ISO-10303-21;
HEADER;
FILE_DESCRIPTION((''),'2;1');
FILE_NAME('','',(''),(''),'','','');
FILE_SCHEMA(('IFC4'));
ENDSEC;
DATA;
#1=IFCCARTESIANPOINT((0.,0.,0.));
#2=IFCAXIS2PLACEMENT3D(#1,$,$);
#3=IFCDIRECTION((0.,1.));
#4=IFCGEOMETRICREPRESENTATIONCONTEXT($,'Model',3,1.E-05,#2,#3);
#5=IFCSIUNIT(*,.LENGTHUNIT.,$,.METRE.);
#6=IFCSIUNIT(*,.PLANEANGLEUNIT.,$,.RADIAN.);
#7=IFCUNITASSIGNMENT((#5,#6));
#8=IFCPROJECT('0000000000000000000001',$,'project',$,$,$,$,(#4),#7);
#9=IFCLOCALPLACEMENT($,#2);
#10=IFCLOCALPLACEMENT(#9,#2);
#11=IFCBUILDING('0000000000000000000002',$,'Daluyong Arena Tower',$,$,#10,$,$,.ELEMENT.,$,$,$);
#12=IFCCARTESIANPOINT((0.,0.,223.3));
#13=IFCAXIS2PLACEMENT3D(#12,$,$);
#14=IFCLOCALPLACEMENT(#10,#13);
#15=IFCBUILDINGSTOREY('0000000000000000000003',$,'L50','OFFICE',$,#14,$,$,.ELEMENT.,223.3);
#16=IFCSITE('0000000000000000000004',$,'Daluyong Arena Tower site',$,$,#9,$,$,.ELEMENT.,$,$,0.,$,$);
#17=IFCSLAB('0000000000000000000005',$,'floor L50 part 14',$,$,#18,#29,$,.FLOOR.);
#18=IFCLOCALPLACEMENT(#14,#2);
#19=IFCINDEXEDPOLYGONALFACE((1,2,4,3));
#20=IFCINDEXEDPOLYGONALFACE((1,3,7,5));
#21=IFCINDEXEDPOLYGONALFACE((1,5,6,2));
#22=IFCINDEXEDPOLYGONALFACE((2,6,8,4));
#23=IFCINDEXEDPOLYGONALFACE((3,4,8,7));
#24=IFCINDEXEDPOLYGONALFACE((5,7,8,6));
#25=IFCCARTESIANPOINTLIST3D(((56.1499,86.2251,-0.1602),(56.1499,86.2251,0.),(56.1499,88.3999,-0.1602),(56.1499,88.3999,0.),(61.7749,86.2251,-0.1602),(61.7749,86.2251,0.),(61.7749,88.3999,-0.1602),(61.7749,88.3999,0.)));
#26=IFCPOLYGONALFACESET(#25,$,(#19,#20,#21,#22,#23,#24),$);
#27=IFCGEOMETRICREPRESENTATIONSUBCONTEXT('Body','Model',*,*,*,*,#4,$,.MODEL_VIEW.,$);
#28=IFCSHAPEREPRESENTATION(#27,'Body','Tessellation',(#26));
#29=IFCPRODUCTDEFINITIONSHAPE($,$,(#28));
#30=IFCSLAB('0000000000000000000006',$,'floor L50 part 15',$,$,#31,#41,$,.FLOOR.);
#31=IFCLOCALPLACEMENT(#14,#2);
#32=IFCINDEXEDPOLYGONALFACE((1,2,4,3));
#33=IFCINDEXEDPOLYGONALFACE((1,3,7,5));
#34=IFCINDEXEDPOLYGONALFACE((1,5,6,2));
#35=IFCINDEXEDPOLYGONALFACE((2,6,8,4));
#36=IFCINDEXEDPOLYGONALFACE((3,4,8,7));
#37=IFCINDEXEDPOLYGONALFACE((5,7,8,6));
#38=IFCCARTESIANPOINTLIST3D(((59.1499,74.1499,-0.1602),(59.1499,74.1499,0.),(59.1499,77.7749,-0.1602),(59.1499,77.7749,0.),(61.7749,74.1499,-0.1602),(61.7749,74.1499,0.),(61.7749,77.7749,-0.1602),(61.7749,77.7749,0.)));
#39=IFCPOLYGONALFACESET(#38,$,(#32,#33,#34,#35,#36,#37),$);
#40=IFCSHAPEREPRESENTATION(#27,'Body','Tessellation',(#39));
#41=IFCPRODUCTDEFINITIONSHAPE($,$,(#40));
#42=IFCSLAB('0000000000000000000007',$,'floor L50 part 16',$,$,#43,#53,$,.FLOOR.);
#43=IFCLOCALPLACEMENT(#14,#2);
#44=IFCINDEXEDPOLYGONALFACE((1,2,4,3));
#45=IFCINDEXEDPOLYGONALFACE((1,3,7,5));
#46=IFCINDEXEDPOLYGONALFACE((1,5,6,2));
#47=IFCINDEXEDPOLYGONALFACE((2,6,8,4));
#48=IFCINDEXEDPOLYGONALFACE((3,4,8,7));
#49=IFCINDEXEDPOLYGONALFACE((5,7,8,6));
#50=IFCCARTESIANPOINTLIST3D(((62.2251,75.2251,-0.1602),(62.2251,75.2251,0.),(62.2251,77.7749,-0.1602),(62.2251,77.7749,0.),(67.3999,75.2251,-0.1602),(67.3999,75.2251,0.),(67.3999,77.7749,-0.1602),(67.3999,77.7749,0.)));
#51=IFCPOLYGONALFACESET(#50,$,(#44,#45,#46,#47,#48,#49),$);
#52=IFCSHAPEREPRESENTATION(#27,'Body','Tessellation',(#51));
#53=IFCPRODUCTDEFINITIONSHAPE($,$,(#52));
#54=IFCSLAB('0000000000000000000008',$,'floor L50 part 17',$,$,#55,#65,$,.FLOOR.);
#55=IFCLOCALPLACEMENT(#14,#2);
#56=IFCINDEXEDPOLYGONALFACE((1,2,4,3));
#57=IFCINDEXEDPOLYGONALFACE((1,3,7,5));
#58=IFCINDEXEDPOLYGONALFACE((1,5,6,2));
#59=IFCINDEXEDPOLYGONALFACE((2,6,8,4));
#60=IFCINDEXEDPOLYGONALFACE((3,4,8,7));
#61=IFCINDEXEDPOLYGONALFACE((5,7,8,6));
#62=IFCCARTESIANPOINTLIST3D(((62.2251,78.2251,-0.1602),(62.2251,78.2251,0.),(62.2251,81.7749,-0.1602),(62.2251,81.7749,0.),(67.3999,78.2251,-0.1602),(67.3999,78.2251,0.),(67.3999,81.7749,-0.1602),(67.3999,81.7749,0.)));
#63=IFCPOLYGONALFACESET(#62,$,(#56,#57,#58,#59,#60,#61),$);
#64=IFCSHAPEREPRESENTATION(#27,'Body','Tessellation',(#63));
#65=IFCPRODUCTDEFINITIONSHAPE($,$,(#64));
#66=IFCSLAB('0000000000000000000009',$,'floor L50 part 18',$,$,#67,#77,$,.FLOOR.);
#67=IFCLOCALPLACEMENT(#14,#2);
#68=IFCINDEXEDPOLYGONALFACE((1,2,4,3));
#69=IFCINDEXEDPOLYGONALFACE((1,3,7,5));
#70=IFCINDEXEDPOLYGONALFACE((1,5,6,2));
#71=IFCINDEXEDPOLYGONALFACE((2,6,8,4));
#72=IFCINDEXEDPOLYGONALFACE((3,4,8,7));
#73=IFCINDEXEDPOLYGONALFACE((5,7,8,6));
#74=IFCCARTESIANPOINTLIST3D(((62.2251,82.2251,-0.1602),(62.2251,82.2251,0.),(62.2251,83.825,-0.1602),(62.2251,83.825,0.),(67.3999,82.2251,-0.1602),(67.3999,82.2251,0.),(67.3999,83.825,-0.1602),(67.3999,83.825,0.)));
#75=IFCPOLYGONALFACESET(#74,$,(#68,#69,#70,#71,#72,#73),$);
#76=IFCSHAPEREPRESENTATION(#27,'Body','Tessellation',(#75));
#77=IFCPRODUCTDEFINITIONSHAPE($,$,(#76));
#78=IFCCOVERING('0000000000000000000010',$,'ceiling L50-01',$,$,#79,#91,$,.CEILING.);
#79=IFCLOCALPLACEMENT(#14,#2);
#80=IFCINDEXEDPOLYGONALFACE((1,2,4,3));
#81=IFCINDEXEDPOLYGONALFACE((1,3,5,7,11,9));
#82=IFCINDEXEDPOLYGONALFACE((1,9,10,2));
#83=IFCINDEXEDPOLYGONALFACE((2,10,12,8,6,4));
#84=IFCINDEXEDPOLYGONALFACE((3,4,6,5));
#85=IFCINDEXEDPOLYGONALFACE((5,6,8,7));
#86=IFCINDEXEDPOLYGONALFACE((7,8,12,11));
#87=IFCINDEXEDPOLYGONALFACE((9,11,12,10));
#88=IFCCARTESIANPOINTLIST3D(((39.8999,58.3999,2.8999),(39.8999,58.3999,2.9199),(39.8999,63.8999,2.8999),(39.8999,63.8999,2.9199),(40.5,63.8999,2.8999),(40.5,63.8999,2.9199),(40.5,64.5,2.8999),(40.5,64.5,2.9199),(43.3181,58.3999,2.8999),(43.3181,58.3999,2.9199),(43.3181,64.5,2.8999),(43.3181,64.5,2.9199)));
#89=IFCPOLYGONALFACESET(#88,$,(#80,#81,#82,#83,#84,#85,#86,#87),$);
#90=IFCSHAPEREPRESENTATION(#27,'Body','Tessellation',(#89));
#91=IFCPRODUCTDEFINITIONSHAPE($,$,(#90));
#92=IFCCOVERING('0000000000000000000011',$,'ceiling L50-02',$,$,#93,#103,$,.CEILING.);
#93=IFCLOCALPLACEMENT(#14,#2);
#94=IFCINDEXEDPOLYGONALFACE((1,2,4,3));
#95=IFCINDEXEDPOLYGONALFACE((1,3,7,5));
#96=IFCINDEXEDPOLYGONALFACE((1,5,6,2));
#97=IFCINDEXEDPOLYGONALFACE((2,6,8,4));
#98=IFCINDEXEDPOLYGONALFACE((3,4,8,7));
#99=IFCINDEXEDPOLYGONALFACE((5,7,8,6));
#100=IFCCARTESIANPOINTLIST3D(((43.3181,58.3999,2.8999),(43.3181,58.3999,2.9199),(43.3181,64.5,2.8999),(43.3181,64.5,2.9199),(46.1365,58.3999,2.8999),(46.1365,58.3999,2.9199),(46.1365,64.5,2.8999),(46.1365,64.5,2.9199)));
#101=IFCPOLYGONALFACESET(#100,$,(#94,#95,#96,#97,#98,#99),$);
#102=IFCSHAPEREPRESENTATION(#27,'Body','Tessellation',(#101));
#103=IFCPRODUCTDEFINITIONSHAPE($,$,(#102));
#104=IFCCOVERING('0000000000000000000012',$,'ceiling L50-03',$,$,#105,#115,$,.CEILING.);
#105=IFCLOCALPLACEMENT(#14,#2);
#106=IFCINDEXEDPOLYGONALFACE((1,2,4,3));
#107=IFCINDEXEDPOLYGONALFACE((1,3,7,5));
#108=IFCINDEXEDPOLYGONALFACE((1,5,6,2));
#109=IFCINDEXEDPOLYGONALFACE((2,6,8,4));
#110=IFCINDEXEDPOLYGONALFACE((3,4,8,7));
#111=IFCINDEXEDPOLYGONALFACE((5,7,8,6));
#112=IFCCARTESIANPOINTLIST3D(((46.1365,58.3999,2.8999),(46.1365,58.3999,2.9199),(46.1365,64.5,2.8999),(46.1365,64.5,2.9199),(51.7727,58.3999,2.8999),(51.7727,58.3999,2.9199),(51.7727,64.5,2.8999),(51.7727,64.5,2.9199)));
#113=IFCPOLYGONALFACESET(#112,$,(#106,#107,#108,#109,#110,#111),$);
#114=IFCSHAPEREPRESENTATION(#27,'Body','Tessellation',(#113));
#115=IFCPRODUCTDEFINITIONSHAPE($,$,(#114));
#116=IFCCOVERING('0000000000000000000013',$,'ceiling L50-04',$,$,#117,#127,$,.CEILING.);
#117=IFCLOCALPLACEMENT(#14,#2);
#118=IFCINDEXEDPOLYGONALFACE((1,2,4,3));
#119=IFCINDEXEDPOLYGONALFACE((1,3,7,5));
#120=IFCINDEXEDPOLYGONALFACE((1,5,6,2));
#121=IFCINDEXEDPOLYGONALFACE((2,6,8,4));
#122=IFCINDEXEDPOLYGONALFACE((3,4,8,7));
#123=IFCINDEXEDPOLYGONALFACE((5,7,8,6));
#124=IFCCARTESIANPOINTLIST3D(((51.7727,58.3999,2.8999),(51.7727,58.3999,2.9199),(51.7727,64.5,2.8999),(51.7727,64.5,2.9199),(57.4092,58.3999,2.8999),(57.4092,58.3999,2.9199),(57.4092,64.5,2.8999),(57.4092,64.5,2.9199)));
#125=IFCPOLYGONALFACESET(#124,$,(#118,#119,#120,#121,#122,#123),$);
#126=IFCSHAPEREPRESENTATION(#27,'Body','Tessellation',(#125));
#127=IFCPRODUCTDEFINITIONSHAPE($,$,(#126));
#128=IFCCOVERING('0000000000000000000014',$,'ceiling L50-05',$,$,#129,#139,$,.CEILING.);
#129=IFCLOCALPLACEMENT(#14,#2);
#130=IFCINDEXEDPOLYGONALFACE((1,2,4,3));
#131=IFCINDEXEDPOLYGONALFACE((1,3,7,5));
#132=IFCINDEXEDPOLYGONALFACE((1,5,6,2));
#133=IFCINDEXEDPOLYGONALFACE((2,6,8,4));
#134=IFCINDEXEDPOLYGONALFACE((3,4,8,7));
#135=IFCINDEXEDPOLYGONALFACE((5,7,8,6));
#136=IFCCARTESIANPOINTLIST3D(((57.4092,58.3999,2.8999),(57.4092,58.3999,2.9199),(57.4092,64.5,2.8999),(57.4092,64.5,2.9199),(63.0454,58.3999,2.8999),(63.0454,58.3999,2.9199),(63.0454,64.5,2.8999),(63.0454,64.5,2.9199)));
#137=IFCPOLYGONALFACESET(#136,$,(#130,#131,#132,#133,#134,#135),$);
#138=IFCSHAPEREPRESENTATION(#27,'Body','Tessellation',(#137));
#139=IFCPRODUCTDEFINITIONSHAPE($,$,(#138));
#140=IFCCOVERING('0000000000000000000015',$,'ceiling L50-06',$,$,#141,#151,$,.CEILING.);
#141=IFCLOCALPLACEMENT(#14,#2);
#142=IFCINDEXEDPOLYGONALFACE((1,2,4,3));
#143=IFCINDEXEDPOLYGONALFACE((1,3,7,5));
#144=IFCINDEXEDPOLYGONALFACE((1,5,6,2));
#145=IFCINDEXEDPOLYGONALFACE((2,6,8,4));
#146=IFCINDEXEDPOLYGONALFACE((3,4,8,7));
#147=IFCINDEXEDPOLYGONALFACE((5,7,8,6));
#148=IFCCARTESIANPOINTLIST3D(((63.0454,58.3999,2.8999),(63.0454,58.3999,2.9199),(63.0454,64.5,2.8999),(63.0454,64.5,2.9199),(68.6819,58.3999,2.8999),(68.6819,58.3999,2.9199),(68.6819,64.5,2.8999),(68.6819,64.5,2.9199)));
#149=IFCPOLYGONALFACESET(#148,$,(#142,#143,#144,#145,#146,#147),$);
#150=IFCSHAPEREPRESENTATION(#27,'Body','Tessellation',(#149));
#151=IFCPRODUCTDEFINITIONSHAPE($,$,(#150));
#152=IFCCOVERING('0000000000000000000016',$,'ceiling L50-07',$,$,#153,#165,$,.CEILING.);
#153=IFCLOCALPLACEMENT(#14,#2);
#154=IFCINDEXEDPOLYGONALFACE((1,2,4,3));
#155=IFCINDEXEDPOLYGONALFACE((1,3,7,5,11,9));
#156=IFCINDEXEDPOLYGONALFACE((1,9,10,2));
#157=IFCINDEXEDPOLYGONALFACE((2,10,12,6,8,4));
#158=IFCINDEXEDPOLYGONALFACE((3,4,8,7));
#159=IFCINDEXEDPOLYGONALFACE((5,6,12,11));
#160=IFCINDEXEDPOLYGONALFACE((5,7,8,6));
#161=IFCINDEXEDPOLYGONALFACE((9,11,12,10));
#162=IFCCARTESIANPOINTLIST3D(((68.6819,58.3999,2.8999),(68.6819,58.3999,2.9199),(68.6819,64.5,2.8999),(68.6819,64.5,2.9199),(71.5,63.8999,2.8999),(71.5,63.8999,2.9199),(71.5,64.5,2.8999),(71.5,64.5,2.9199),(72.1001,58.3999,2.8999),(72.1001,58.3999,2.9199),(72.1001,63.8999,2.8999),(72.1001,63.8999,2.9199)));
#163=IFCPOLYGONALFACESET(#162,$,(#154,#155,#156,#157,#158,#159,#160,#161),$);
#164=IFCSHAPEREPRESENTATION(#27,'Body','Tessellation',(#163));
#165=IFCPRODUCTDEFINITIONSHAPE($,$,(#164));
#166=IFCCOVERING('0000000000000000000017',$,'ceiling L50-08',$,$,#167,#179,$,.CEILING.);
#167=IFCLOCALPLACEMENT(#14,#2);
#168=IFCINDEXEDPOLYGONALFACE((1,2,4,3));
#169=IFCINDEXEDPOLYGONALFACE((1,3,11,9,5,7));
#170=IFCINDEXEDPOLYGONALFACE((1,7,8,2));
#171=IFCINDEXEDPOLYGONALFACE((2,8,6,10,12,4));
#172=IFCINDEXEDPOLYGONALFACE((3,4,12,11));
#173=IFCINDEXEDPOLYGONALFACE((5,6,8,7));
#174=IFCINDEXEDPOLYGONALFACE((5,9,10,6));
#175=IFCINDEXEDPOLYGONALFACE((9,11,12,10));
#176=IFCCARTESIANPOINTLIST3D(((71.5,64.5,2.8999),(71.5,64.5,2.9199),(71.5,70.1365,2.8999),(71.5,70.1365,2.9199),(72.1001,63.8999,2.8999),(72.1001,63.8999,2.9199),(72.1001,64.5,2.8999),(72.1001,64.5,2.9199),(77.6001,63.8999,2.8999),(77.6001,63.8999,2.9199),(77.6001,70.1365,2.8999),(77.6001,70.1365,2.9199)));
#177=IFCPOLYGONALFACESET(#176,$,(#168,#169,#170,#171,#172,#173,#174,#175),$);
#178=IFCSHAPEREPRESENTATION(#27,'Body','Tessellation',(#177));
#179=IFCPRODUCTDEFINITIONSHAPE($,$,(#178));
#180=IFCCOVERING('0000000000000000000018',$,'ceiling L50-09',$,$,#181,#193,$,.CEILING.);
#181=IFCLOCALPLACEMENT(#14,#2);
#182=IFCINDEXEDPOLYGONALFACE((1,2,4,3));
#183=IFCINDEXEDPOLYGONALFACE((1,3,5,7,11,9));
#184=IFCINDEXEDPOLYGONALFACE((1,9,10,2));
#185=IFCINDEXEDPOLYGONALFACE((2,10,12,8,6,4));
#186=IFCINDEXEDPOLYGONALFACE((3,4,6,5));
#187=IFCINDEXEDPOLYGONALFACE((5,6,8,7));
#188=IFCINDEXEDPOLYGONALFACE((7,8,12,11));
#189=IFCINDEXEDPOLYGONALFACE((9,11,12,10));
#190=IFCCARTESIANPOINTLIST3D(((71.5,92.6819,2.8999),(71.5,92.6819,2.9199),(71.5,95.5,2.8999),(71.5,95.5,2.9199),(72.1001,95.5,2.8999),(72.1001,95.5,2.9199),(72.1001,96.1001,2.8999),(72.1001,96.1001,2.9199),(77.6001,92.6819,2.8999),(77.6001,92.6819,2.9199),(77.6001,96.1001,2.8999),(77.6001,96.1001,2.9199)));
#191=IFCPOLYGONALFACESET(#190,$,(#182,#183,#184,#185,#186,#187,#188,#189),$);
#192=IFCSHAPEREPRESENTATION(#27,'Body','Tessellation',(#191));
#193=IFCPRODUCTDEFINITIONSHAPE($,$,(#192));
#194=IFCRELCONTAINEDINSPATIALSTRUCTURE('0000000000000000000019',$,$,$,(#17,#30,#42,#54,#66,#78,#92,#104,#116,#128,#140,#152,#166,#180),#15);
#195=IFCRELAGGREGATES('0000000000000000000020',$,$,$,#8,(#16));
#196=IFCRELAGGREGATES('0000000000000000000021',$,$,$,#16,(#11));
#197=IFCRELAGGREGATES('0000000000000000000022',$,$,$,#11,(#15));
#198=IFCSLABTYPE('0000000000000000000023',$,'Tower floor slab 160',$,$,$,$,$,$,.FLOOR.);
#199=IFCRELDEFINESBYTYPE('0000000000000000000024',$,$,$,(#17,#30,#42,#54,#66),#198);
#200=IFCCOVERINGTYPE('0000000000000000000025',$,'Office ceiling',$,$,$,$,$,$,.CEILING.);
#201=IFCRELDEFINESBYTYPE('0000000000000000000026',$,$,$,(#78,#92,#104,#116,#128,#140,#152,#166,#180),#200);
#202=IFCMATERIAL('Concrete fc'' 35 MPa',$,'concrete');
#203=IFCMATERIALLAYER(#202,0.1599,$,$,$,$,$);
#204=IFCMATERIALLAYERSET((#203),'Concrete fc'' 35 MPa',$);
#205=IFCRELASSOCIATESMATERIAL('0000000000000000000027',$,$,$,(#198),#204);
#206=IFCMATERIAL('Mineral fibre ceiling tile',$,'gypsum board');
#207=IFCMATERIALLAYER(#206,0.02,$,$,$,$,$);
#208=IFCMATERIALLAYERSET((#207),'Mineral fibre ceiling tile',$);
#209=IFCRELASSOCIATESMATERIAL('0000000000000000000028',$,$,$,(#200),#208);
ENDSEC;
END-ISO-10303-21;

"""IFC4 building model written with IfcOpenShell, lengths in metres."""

from ifc_helpers import new_model, si_unit, direction, frame, origin, place, context, subcontext, project, spatial, polyline, outline, extrude, material, layer, layer_set, type_object, element, save


model = new_model("IFC4")

# Units and contexts
model_context = context("Model", 3, precision=1e-05, world=origin(), true_north=direction((0.0, 1.0)))
body_context = subcontext(model_context, "Body", "Model", "MODEL_VIEW")
ifc_project = project(units=[si_unit("LENGTHUNIT", "METRE"), si_unit("PLANEANGLEUNIT", "RADIAN")], contexts=[model_context])

# Site, building, storey
site_placement = place(None, origin())
site = spatial("IfcSite", under=ifc_project, at=site_placement, Name="Daluyong Arena Tower site", CompositionType="ELEMENT", RefElevation=0.0)
building_placement = place(site_placement, origin())
building = spatial("IfcBuilding", under=site, at=building_placement, Name="Daluyong Arena Tower", CompositionType="ELEMENT")
storey_placement = place(building_placement, frame((0.0, 0.0, 223.3)))
storey = spatial("IfcBuildingStorey", under=building, at=storey_placement, Name="L50", Description="OFFICE", CompositionType="ELEMENT", Elevation=223.3)

# Slabs
ifc_material_1 = material(Name="Concrete fc' 35 MPa", Category="concrete")
ifc_layer_1 = layer(ifc_material_1, 0.1599)
ifc_layer_set_1 = layer_set([ifc_layer_1], Name="Concrete fc' 35 MPa")
slab_type = type_object("IfcSlabType", Name="Tower floor slab 160", PredefinedType="FLOOR", material=ifc_layer_set_1)
slab_1_placement = place(storey_placement, frame((0.0, 0.0, -0.1602)))
element("IfcSlab", 1, at=slab_1_placement, inside=storey, type_object=slab_type, Name="floor L50 part 14", PredefinedType="FLOOR", context=body_context, shape_type="SweptSolid", body=[
    extrude(outline(polyline([(56.1499, 88.3999), (56.1499, 86.2251), (61.7749, 86.2251), (61.7749, 88.3999), (56.1499, 88.3999)])), origin(), (0.0, 0.0, 1.0), 0.1602),
])
slab_2_placement = place(storey_placement, frame((0.0, 0.0, -0.1602)))
element("IfcSlab", 2, at=slab_2_placement, inside=storey, type_object=slab_type, Name="floor L50 part 15", PredefinedType="FLOOR", context=body_context, shape_type="SweptSolid", body=[
    extrude(outline(polyline([(61.7749, 77.7749), (59.1499, 77.7749), (59.1499, 74.1499), (61.7749, 74.1499), (61.7749, 77.7749)])), origin(), (0.0, 0.0, 1.0), 0.1602),
])
slab_3_placement = place(storey_placement, frame((0.0, 0.0, -0.1602)))
element("IfcSlab", 3, at=slab_3_placement, inside=storey, type_object=slab_type, Name="floor L50 part 16", PredefinedType="FLOOR", context=body_context, shape_type="SweptSolid", body=[
    extrude(outline(polyline([(67.3999, 75.2251), (67.3999, 77.7749), (62.2251, 77.7749), (62.2251, 75.2251), (67.3999, 75.2251)])), origin(), (0.0, 0.0, 1.0), 0.1602),
])
slab_4_placement = place(storey_placement, frame((0.0, 0.0, -0.1602)))
element("IfcSlab", 4, at=slab_4_placement, inside=storey, type_object=slab_type, Name="floor L50 part 17", PredefinedType="FLOOR", context=body_context, shape_type="SweptSolid", body=[
    extrude(outline(polyline([(67.3999, 78.2251), (67.3999, 81.7749), (62.2251, 81.7749), (62.2251, 78.2251), (67.3999, 78.2251)])), origin(), (0.0, 0.0, 1.0), 0.1602),
])
slab_5_placement = place(storey_placement, frame((0.0, 0.0, -0.1602)))
element("IfcSlab", 5, at=slab_5_placement, inside=storey, type_object=slab_type, Name="floor L50 part 18", PredefinedType="FLOOR", context=body_context, shape_type="SweptSolid", body=[
    extrude(outline(polyline([(67.3999, 83.825), (62.2251, 83.825), (62.2251, 82.2251), (67.3999, 82.2251), (67.3999, 83.825)])), origin(), (0.0, 0.0, 1.0), 0.1602),
])

# Coverings
ifc_material_2 = material(Name="Mineral fibre ceiling tile", Category="gypsum board")
ifc_layer_2 = layer(ifc_material_2, 0.02)
ifc_layer_set_2 = layer_set([ifc_layer_2], Name="Mineral fibre ceiling tile")
covering_type = type_object("IfcCoveringType", Name="Office ceiling", PredefinedType="CEILING", material=ifc_layer_set_2)
covering_1_placement = place(storey_placement, frame((0.0, 0.0, 2.8999)))
element("IfcCovering", 6, at=covering_1_placement, inside=storey, type_object=covering_type, Name="ceiling L50-01", PredefinedType="CEILING", context=body_context, shape_type="SweptSolid", body=[
    extrude(outline(polyline([(39.8999, 63.8999), (39.8999, 58.3999), (43.3181, 58.3999), (43.3181, 64.5), (40.5, 64.5), (40.5, 63.8999), (39.8999, 63.8999)])), origin(), (0.0, 0.0, 1.0), 0.02),
])
covering_2_placement = place(storey_placement, frame((0.0, 0.0, 2.8999)))
element("IfcCovering", 7, at=covering_2_placement, inside=storey, type_object=covering_type, Name="ceiling L50-02", PredefinedType="CEILING", context=body_context, shape_type="SweptSolid", body=[
    extrude(outline(polyline([(43.3181, 64.5), (43.3181, 58.3999), (46.1365, 58.3999), (46.1365, 64.5), (43.3181, 64.5)])), origin(), (0.0, 0.0, 1.0), 0.02),
])
covering_3_placement = place(storey_placement, frame((0.0, 0.0, 2.8999)))
element("IfcCovering", 8, at=covering_3_placement, inside=storey, type_object=covering_type, Name="ceiling L50-03", PredefinedType="CEILING", context=body_context, shape_type="SweptSolid", body=[
    extrude(outline(polyline([(46.1365, 64.5), (46.1365, 58.3999), (51.7727, 58.3999), (51.7727, 64.5), (46.1365, 64.5)])), origin(), (0.0, 0.0, 1.0), 0.02),
])
covering_4_placement = place(storey_placement, frame((0.0, 0.0, 2.8999)))
element("IfcCovering", 9, at=covering_4_placement, inside=storey, type_object=covering_type, Name="ceiling L50-04", PredefinedType="CEILING", context=body_context, shape_type="SweptSolid", body=[
    extrude(outline(polyline([(51.7727, 64.5), (51.7727, 58.3999), (57.4092, 58.3999), (57.4092, 64.5), (51.7727, 64.5)])), origin(), (0.0, 0.0, 1.0), 0.02),
])
covering_5_placement = place(storey_placement, frame((0.0, 0.0, 2.8999)))
element("IfcCovering", 10, at=covering_5_placement, inside=storey, type_object=covering_type, Name="ceiling L50-05", PredefinedType="CEILING", context=body_context, shape_type="SweptSolid", body=[
    extrude(outline(polyline([(57.4092, 64.5), (57.4092, 58.3999), (63.0454, 58.3999), (63.0454, 64.5), (57.4092, 64.5)])), origin(), (0.0, 0.0, 1.0), 0.02),
])
covering_6_placement = place(storey_placement, frame((0.0, 0.0, 2.8999)))
element("IfcCovering", 11, at=covering_6_placement, inside=storey, type_object=covering_type, Name="ceiling L50-06", PredefinedType="CEILING", context=body_context, shape_type="SweptSolid", body=[
    extrude(outline(polyline([(63.0454, 64.5), (63.0454, 58.3999), (68.6819, 58.3999), (68.6819, 64.5), (63.0454, 64.5)])), origin(), (0.0, 0.0, 1.0), 0.02),
])
covering_7_placement = place(storey_placement, frame((0.0, 0.0, 2.8999)))
element("IfcCovering", 12, at=covering_7_placement, inside=storey, type_object=covering_type, Name="ceiling L50-07", PredefinedType="CEILING", context=body_context, shape_type="SweptSolid", body=[
    extrude(outline(polyline([(72.1001, 58.3999), (72.1001, 63.8999), (71.5, 63.8999), (71.5, 64.5), (68.6819, 64.5), (68.6819, 58.3999), (72.1001, 58.3999)])), origin(), (0.0, 0.0, 1.0), 0.02),
])
covering_8_placement = place(storey_placement, frame((0.0, 0.0, 2.8999)))
element("IfcCovering", 13, at=covering_8_placement, inside=storey, type_object=covering_type, Name="ceiling L50-08", PredefinedType="CEILING", context=body_context, shape_type="SweptSolid", body=[
    extrude(outline(polyline([(72.1001, 63.8999), (77.6001, 63.8999), (77.6001, 70.1365), (71.5, 70.1365), (71.5, 64.5), (72.1001, 64.5), (72.1001, 63.8999)])), origin(), (0.0, 0.0, 1.0), 0.02),
])
covering_9_placement = place(storey_placement, frame((0.0, 0.0, 2.8999)))
element("IfcCovering", 14, at=covering_9_placement, inside=storey, type_object=covering_type, Name="ceiling L50-09", PredefinedType="CEILING", context=body_context, shape_type="SweptSolid", body=[
    extrude(outline(polyline([(71.5, 92.6819), (77.6001, 92.6819), (77.6001, 96.1001), (72.1001, 96.1001), (72.1001, 95.5), (71.5, 95.5), (71.5, 92.6819)])), origin(), (0.0, 0.0, 1.0), 0.02),
])

save(model, "model.ifc")
